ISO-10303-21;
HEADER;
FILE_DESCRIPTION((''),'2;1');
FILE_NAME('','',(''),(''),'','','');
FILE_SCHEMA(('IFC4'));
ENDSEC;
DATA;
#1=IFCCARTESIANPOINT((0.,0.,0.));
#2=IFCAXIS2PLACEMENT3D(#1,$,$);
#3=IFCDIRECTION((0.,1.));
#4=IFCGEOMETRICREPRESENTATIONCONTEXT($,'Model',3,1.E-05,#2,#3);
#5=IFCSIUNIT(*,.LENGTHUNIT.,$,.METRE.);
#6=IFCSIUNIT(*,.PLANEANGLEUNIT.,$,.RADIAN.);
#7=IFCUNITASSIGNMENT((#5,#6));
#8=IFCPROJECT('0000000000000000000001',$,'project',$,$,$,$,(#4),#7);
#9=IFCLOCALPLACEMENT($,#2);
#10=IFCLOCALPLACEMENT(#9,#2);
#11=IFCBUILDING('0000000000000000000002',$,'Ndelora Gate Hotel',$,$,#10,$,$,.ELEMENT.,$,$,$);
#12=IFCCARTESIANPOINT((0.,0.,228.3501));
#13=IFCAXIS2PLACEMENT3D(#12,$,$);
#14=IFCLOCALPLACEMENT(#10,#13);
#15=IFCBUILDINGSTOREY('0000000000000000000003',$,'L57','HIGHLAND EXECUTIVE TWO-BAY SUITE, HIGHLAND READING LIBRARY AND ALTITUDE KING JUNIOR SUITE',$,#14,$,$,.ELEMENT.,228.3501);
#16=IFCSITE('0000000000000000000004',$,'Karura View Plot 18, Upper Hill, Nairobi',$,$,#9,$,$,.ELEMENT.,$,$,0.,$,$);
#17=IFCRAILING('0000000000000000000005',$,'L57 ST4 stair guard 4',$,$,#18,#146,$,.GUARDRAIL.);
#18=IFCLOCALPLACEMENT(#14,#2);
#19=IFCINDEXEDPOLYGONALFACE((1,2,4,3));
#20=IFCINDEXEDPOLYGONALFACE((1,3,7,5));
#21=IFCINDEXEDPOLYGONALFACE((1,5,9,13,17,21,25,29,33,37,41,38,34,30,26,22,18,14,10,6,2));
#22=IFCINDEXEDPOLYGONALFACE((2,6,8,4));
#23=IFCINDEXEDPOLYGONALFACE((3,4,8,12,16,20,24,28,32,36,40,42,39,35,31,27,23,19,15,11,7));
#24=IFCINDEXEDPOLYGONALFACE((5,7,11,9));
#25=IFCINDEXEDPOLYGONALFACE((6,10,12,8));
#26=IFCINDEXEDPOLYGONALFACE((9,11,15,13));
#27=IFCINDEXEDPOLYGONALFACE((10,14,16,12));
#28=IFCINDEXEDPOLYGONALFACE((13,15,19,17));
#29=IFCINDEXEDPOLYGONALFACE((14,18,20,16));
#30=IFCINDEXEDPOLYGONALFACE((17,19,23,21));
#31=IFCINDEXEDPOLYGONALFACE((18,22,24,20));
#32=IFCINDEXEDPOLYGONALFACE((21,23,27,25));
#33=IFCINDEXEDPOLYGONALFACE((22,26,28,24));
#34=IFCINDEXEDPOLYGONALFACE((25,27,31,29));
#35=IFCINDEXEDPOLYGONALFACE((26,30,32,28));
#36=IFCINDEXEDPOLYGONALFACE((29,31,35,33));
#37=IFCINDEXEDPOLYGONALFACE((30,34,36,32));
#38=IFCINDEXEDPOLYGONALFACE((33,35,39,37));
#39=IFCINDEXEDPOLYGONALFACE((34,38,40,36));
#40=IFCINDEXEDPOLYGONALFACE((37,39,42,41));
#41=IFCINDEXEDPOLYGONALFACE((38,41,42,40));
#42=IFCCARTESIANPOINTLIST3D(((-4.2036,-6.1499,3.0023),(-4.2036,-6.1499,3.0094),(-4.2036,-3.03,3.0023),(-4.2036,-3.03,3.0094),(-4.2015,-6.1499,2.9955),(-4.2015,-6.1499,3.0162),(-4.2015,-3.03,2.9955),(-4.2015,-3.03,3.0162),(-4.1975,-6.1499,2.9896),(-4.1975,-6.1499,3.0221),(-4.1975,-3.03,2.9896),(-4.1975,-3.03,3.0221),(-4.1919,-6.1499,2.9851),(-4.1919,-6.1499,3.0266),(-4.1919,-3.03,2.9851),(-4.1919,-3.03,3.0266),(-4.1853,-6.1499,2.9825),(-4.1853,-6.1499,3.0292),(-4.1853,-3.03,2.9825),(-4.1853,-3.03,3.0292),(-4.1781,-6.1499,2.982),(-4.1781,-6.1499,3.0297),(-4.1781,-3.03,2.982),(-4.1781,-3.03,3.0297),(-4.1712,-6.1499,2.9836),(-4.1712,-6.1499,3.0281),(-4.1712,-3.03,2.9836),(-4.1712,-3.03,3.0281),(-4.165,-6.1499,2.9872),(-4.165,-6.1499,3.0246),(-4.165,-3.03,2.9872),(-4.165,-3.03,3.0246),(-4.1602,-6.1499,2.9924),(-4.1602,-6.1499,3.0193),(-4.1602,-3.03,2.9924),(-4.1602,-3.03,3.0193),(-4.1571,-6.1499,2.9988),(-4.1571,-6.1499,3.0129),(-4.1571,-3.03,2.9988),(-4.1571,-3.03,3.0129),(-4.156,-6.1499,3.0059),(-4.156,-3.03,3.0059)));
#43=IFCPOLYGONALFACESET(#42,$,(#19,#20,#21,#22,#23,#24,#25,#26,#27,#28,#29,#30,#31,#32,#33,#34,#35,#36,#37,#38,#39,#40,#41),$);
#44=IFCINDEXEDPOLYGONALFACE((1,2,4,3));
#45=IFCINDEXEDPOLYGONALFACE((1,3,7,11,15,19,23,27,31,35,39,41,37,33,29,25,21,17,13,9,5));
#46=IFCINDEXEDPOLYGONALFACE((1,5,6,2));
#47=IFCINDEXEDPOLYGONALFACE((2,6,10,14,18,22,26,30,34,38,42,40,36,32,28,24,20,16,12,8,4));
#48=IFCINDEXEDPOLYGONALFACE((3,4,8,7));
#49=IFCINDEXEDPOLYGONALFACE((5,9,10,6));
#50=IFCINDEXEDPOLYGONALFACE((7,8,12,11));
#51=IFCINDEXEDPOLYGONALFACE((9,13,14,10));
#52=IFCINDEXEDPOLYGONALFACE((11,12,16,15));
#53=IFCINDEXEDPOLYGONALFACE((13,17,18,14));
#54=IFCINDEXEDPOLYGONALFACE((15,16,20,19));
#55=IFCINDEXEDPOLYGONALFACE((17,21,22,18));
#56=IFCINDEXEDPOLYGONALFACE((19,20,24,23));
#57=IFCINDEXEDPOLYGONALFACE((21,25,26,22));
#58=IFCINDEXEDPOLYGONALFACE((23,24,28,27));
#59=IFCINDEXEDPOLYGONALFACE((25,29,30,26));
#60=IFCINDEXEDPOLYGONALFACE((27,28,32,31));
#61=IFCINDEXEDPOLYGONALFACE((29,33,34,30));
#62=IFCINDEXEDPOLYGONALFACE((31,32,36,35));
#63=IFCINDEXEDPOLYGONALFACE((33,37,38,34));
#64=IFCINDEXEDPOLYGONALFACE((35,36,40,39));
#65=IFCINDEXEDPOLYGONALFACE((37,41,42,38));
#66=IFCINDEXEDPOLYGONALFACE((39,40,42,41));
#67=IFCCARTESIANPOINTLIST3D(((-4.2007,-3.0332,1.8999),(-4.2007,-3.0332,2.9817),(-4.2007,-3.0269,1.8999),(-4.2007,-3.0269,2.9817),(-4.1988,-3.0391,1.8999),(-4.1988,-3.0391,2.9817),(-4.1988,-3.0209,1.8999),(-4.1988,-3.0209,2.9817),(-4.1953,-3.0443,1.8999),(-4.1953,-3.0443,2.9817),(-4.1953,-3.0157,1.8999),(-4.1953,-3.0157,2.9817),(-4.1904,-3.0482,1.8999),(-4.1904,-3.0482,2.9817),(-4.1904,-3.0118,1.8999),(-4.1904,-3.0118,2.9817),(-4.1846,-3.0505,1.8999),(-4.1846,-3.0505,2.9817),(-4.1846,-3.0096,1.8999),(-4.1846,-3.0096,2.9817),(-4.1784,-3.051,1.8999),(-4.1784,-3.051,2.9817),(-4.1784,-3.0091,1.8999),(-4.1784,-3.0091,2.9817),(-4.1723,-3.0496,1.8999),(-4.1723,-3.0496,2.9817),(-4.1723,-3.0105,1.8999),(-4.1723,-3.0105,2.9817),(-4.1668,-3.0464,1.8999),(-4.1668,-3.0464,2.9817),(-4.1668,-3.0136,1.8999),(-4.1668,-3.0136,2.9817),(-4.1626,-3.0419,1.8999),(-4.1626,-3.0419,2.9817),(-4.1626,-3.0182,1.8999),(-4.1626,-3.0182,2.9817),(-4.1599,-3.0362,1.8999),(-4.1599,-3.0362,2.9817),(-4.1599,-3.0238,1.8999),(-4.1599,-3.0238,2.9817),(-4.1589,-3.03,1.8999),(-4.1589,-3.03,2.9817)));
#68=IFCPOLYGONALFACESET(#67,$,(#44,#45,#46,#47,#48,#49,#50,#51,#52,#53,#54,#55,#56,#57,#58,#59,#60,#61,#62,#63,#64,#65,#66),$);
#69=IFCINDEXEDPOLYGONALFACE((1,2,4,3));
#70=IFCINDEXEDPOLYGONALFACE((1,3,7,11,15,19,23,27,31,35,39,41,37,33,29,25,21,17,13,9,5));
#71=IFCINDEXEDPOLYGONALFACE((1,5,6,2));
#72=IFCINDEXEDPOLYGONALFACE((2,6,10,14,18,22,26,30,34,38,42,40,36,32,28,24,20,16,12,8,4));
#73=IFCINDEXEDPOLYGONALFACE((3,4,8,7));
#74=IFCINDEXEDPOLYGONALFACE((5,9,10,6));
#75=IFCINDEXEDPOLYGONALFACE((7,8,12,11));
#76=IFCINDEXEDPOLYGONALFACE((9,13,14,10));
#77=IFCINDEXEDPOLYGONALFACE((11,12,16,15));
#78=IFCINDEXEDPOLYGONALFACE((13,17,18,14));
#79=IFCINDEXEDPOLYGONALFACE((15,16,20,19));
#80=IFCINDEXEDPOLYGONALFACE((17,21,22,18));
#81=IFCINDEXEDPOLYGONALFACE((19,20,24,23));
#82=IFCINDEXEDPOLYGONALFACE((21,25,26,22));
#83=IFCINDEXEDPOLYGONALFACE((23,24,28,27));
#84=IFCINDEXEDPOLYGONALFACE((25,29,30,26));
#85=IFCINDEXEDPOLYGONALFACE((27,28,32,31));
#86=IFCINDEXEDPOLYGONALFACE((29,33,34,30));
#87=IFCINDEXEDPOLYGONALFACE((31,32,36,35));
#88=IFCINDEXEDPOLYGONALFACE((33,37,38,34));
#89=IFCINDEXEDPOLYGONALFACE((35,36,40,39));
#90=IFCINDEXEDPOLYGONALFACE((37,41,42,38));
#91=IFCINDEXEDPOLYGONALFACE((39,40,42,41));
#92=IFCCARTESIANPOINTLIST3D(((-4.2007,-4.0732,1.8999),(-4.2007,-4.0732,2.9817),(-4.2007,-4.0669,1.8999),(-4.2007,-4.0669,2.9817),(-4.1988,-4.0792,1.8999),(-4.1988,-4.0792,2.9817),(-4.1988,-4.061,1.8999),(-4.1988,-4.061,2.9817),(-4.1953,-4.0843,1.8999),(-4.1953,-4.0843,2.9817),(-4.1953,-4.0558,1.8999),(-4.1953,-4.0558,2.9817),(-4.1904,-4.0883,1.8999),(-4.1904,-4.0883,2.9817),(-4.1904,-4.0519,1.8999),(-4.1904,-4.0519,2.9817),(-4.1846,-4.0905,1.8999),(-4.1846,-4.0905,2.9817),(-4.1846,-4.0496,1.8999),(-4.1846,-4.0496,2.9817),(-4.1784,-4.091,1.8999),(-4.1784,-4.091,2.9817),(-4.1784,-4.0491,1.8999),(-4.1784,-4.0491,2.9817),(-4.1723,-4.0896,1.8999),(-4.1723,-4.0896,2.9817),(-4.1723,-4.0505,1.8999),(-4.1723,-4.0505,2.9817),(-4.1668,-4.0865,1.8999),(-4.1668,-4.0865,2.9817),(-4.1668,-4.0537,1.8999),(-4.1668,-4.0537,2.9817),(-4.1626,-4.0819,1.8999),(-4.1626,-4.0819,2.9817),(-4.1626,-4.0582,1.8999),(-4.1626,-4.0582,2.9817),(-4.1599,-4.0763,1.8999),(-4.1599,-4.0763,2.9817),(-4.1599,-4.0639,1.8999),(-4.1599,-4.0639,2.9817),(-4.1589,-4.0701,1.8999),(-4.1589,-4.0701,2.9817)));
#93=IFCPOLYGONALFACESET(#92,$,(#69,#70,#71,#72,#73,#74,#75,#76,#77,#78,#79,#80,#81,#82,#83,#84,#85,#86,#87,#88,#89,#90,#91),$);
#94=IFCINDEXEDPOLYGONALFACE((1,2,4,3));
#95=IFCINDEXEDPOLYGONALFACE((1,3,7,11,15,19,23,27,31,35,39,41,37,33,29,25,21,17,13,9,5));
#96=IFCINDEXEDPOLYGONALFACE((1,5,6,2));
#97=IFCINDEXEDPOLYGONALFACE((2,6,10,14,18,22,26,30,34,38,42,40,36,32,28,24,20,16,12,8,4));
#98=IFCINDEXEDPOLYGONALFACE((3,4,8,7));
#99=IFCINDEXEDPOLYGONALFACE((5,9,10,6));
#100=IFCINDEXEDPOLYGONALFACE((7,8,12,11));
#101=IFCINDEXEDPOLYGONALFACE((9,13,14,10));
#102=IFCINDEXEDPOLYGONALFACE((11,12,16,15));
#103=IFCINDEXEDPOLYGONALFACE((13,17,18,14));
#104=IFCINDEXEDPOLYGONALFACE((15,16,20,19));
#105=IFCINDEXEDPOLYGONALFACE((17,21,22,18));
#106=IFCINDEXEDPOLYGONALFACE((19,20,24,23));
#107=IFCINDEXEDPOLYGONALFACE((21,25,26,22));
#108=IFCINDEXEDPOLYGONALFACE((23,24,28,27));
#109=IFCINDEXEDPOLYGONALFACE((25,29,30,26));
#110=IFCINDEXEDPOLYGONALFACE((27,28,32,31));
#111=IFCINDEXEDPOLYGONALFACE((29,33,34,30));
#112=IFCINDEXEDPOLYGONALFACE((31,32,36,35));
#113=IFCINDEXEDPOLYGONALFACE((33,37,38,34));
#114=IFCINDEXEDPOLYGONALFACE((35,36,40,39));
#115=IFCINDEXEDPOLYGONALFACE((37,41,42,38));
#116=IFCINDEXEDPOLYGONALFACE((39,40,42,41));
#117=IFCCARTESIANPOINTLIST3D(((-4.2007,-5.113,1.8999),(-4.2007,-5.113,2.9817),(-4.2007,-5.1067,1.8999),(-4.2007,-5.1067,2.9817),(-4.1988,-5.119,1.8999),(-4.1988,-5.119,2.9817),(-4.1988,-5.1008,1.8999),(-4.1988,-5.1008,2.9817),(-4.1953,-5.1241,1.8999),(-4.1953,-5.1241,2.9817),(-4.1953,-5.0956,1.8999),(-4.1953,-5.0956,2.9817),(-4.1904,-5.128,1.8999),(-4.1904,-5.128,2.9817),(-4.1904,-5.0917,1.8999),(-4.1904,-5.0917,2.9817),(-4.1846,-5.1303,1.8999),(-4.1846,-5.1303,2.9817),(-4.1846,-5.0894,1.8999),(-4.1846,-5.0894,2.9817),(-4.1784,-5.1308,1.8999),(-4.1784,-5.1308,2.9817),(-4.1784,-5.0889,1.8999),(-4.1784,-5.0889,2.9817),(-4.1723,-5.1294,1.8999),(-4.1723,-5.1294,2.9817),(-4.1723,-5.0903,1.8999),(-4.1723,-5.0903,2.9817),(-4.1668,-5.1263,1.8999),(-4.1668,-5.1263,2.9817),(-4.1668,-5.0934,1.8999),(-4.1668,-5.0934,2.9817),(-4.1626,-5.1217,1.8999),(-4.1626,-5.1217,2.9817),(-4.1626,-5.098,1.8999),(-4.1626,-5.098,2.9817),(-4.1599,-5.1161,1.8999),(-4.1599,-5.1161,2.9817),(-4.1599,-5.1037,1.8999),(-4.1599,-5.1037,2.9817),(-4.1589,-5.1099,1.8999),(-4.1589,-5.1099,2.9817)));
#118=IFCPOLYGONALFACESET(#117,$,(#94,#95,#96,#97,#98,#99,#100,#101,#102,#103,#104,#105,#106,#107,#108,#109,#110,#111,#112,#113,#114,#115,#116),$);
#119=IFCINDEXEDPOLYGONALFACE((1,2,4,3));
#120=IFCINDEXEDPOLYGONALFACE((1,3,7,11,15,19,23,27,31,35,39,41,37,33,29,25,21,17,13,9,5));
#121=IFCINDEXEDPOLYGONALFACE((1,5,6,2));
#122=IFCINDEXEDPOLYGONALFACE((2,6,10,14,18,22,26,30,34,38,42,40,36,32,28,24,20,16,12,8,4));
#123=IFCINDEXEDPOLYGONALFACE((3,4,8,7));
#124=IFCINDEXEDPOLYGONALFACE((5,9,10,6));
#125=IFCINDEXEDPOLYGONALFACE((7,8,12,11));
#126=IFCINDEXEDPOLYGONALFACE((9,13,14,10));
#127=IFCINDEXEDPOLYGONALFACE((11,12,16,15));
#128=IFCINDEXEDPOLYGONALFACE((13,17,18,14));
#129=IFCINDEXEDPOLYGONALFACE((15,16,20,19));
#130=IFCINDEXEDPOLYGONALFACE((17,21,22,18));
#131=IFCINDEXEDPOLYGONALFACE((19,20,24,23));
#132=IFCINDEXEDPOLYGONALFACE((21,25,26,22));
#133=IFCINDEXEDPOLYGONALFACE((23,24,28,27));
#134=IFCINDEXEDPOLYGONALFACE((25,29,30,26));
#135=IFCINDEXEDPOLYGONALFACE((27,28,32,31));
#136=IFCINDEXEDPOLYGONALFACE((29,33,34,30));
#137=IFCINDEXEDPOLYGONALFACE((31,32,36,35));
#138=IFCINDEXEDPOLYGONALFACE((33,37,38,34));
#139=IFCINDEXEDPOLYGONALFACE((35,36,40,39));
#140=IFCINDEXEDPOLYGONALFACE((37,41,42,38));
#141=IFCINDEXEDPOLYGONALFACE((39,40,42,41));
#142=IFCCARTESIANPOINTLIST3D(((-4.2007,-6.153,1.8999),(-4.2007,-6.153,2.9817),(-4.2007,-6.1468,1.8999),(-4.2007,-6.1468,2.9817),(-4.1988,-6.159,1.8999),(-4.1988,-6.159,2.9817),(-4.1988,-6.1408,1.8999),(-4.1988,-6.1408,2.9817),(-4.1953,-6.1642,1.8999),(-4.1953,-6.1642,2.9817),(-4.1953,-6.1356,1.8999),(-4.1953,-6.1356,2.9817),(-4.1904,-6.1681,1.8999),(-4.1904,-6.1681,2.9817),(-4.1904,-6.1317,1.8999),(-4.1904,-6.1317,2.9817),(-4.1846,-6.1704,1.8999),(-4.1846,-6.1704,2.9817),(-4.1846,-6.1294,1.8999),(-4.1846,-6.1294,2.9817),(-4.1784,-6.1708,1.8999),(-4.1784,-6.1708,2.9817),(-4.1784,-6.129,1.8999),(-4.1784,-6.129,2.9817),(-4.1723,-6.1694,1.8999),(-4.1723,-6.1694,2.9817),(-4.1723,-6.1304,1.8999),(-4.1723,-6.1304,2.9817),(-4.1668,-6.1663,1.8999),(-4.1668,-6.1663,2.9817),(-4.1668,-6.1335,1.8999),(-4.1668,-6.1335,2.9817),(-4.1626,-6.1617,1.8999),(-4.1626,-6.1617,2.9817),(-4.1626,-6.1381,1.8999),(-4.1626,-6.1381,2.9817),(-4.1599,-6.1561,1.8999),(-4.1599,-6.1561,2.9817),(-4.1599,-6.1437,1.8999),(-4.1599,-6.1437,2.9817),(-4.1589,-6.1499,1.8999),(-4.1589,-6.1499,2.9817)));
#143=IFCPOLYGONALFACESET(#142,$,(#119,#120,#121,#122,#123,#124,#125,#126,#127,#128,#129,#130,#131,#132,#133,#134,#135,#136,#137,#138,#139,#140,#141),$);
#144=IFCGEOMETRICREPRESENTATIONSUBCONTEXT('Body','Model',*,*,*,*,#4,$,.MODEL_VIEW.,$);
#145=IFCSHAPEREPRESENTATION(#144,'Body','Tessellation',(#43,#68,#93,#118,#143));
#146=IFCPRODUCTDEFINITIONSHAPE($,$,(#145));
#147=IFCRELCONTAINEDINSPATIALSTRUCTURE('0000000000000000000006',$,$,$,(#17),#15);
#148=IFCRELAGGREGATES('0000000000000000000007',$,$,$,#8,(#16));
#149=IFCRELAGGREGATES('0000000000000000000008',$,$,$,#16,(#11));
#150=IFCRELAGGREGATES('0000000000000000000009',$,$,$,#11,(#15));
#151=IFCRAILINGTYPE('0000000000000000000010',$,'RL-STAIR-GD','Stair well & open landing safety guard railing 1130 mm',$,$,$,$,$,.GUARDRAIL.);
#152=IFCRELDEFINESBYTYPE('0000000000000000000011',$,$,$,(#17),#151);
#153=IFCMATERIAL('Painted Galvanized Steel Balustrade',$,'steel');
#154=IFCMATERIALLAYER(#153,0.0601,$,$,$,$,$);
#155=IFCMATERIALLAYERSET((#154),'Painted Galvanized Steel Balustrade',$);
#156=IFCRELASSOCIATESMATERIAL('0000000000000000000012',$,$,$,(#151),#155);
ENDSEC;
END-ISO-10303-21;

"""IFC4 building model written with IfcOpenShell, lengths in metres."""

from ifc_helpers import new_model, si_unit, direction, frame, origin, origin_2d, place, context, subcontext, project, spatial, circle, extrude, material, layer, layer_set, type_object, element, save


model = new_model("IFC4")

# Units and contexts
model_context = context("Model", 3, precision=1e-05, world=origin(), true_north=direction((0.0, 1.0)))
body_context = subcontext(model_context, "Body", "Model", "MODEL_VIEW")
ifc_project = project(units=[si_unit("LENGTHUNIT", "METRE"), si_unit("PLANEANGLEUNIT", "RADIAN")], contexts=[model_context])

# Site, building, storey
site_placement = place(None, origin())
site = spatial("IfcSite", under=ifc_project, at=site_placement, Name="Karura View Plot 18, Upper Hill, Nairobi", CompositionType="ELEMENT", RefElevation=0.0)
building_placement = place(site_placement, origin())
building = spatial("IfcBuilding", under=site, at=building_placement, Name="Ndelora Gate Hotel", CompositionType="ELEMENT")
storey_placement = place(building_placement, frame((0.0, 0.0, 228.3501)))
storey = spatial("IfcBuildingStorey", under=building, at=storey_placement, Name="L57", Description="HIGHLAND EXECUTIVE TWO-BAY SUITE, HIGHLAND READING LIBRARY AND ALTITUDE KING JUNIOR SUITE", CompositionType="ELEMENT", Elevation=228.3501)

# Railing
ifc_material_1 = material(Name="Painted Galvanized Steel Balustrade", Category="steel")
ifc_layer_1 = layer(ifc_material_1, 0.0601)
ifc_layer_set_1 = layer_set([ifc_layer_1], Name="Painted Galvanized Steel Balustrade")
railing_type = type_object("IfcRailingType", Name="RL-STAIR-GD", Description="Stair well & open landing safety guard railing 1130 mm", PredefinedType="GUARDRAIL", material=ifc_layer_set_1)
for number, where, name in (
    (1, (-4.1799, -3.03, 1.8999), "L57 ST4 stair guard 4"),
):
    element("IfcRailing", number, at=place(storey_placement, frame(where)), inside=storey, type_object=railing_type, Name=name, PredefinedType="GUARDRAIL", context=body_context, shape_type="SweptSolid", body=[
        extrude(circle(Radius=0.0239, at=origin_2d()), frame((0.0, 0.0, 1.106), z_axis=(0.0, -1.0, 0.0), x_axis=(1.0, 0.0, 0.0)), (0.0, 0.0, 1.0), 3.1199),
        extrude(circle(Radius=0.021, at=origin_2d()), origin(), (0.0, 0.0, 1.0), 1.0818),
        extrude(circle(Radius=0.021, at=origin_2d()), frame((0.0, -1.04, 0.0)), (0.0, 0.0, 1.0), 1.0818),
        extrude(circle(Radius=0.021, at=origin_2d()), frame((0.0, -2.0798, 0.0)), (0.0, 0.0, 1.0), 1.0818),
        extrude(circle(Radius=0.021, at=origin_2d()), frame((0.0, -3.1199, 0.0)), (0.0, 0.0, 1.0), 1.0818),
    ])

save(model, "model.ifc")
